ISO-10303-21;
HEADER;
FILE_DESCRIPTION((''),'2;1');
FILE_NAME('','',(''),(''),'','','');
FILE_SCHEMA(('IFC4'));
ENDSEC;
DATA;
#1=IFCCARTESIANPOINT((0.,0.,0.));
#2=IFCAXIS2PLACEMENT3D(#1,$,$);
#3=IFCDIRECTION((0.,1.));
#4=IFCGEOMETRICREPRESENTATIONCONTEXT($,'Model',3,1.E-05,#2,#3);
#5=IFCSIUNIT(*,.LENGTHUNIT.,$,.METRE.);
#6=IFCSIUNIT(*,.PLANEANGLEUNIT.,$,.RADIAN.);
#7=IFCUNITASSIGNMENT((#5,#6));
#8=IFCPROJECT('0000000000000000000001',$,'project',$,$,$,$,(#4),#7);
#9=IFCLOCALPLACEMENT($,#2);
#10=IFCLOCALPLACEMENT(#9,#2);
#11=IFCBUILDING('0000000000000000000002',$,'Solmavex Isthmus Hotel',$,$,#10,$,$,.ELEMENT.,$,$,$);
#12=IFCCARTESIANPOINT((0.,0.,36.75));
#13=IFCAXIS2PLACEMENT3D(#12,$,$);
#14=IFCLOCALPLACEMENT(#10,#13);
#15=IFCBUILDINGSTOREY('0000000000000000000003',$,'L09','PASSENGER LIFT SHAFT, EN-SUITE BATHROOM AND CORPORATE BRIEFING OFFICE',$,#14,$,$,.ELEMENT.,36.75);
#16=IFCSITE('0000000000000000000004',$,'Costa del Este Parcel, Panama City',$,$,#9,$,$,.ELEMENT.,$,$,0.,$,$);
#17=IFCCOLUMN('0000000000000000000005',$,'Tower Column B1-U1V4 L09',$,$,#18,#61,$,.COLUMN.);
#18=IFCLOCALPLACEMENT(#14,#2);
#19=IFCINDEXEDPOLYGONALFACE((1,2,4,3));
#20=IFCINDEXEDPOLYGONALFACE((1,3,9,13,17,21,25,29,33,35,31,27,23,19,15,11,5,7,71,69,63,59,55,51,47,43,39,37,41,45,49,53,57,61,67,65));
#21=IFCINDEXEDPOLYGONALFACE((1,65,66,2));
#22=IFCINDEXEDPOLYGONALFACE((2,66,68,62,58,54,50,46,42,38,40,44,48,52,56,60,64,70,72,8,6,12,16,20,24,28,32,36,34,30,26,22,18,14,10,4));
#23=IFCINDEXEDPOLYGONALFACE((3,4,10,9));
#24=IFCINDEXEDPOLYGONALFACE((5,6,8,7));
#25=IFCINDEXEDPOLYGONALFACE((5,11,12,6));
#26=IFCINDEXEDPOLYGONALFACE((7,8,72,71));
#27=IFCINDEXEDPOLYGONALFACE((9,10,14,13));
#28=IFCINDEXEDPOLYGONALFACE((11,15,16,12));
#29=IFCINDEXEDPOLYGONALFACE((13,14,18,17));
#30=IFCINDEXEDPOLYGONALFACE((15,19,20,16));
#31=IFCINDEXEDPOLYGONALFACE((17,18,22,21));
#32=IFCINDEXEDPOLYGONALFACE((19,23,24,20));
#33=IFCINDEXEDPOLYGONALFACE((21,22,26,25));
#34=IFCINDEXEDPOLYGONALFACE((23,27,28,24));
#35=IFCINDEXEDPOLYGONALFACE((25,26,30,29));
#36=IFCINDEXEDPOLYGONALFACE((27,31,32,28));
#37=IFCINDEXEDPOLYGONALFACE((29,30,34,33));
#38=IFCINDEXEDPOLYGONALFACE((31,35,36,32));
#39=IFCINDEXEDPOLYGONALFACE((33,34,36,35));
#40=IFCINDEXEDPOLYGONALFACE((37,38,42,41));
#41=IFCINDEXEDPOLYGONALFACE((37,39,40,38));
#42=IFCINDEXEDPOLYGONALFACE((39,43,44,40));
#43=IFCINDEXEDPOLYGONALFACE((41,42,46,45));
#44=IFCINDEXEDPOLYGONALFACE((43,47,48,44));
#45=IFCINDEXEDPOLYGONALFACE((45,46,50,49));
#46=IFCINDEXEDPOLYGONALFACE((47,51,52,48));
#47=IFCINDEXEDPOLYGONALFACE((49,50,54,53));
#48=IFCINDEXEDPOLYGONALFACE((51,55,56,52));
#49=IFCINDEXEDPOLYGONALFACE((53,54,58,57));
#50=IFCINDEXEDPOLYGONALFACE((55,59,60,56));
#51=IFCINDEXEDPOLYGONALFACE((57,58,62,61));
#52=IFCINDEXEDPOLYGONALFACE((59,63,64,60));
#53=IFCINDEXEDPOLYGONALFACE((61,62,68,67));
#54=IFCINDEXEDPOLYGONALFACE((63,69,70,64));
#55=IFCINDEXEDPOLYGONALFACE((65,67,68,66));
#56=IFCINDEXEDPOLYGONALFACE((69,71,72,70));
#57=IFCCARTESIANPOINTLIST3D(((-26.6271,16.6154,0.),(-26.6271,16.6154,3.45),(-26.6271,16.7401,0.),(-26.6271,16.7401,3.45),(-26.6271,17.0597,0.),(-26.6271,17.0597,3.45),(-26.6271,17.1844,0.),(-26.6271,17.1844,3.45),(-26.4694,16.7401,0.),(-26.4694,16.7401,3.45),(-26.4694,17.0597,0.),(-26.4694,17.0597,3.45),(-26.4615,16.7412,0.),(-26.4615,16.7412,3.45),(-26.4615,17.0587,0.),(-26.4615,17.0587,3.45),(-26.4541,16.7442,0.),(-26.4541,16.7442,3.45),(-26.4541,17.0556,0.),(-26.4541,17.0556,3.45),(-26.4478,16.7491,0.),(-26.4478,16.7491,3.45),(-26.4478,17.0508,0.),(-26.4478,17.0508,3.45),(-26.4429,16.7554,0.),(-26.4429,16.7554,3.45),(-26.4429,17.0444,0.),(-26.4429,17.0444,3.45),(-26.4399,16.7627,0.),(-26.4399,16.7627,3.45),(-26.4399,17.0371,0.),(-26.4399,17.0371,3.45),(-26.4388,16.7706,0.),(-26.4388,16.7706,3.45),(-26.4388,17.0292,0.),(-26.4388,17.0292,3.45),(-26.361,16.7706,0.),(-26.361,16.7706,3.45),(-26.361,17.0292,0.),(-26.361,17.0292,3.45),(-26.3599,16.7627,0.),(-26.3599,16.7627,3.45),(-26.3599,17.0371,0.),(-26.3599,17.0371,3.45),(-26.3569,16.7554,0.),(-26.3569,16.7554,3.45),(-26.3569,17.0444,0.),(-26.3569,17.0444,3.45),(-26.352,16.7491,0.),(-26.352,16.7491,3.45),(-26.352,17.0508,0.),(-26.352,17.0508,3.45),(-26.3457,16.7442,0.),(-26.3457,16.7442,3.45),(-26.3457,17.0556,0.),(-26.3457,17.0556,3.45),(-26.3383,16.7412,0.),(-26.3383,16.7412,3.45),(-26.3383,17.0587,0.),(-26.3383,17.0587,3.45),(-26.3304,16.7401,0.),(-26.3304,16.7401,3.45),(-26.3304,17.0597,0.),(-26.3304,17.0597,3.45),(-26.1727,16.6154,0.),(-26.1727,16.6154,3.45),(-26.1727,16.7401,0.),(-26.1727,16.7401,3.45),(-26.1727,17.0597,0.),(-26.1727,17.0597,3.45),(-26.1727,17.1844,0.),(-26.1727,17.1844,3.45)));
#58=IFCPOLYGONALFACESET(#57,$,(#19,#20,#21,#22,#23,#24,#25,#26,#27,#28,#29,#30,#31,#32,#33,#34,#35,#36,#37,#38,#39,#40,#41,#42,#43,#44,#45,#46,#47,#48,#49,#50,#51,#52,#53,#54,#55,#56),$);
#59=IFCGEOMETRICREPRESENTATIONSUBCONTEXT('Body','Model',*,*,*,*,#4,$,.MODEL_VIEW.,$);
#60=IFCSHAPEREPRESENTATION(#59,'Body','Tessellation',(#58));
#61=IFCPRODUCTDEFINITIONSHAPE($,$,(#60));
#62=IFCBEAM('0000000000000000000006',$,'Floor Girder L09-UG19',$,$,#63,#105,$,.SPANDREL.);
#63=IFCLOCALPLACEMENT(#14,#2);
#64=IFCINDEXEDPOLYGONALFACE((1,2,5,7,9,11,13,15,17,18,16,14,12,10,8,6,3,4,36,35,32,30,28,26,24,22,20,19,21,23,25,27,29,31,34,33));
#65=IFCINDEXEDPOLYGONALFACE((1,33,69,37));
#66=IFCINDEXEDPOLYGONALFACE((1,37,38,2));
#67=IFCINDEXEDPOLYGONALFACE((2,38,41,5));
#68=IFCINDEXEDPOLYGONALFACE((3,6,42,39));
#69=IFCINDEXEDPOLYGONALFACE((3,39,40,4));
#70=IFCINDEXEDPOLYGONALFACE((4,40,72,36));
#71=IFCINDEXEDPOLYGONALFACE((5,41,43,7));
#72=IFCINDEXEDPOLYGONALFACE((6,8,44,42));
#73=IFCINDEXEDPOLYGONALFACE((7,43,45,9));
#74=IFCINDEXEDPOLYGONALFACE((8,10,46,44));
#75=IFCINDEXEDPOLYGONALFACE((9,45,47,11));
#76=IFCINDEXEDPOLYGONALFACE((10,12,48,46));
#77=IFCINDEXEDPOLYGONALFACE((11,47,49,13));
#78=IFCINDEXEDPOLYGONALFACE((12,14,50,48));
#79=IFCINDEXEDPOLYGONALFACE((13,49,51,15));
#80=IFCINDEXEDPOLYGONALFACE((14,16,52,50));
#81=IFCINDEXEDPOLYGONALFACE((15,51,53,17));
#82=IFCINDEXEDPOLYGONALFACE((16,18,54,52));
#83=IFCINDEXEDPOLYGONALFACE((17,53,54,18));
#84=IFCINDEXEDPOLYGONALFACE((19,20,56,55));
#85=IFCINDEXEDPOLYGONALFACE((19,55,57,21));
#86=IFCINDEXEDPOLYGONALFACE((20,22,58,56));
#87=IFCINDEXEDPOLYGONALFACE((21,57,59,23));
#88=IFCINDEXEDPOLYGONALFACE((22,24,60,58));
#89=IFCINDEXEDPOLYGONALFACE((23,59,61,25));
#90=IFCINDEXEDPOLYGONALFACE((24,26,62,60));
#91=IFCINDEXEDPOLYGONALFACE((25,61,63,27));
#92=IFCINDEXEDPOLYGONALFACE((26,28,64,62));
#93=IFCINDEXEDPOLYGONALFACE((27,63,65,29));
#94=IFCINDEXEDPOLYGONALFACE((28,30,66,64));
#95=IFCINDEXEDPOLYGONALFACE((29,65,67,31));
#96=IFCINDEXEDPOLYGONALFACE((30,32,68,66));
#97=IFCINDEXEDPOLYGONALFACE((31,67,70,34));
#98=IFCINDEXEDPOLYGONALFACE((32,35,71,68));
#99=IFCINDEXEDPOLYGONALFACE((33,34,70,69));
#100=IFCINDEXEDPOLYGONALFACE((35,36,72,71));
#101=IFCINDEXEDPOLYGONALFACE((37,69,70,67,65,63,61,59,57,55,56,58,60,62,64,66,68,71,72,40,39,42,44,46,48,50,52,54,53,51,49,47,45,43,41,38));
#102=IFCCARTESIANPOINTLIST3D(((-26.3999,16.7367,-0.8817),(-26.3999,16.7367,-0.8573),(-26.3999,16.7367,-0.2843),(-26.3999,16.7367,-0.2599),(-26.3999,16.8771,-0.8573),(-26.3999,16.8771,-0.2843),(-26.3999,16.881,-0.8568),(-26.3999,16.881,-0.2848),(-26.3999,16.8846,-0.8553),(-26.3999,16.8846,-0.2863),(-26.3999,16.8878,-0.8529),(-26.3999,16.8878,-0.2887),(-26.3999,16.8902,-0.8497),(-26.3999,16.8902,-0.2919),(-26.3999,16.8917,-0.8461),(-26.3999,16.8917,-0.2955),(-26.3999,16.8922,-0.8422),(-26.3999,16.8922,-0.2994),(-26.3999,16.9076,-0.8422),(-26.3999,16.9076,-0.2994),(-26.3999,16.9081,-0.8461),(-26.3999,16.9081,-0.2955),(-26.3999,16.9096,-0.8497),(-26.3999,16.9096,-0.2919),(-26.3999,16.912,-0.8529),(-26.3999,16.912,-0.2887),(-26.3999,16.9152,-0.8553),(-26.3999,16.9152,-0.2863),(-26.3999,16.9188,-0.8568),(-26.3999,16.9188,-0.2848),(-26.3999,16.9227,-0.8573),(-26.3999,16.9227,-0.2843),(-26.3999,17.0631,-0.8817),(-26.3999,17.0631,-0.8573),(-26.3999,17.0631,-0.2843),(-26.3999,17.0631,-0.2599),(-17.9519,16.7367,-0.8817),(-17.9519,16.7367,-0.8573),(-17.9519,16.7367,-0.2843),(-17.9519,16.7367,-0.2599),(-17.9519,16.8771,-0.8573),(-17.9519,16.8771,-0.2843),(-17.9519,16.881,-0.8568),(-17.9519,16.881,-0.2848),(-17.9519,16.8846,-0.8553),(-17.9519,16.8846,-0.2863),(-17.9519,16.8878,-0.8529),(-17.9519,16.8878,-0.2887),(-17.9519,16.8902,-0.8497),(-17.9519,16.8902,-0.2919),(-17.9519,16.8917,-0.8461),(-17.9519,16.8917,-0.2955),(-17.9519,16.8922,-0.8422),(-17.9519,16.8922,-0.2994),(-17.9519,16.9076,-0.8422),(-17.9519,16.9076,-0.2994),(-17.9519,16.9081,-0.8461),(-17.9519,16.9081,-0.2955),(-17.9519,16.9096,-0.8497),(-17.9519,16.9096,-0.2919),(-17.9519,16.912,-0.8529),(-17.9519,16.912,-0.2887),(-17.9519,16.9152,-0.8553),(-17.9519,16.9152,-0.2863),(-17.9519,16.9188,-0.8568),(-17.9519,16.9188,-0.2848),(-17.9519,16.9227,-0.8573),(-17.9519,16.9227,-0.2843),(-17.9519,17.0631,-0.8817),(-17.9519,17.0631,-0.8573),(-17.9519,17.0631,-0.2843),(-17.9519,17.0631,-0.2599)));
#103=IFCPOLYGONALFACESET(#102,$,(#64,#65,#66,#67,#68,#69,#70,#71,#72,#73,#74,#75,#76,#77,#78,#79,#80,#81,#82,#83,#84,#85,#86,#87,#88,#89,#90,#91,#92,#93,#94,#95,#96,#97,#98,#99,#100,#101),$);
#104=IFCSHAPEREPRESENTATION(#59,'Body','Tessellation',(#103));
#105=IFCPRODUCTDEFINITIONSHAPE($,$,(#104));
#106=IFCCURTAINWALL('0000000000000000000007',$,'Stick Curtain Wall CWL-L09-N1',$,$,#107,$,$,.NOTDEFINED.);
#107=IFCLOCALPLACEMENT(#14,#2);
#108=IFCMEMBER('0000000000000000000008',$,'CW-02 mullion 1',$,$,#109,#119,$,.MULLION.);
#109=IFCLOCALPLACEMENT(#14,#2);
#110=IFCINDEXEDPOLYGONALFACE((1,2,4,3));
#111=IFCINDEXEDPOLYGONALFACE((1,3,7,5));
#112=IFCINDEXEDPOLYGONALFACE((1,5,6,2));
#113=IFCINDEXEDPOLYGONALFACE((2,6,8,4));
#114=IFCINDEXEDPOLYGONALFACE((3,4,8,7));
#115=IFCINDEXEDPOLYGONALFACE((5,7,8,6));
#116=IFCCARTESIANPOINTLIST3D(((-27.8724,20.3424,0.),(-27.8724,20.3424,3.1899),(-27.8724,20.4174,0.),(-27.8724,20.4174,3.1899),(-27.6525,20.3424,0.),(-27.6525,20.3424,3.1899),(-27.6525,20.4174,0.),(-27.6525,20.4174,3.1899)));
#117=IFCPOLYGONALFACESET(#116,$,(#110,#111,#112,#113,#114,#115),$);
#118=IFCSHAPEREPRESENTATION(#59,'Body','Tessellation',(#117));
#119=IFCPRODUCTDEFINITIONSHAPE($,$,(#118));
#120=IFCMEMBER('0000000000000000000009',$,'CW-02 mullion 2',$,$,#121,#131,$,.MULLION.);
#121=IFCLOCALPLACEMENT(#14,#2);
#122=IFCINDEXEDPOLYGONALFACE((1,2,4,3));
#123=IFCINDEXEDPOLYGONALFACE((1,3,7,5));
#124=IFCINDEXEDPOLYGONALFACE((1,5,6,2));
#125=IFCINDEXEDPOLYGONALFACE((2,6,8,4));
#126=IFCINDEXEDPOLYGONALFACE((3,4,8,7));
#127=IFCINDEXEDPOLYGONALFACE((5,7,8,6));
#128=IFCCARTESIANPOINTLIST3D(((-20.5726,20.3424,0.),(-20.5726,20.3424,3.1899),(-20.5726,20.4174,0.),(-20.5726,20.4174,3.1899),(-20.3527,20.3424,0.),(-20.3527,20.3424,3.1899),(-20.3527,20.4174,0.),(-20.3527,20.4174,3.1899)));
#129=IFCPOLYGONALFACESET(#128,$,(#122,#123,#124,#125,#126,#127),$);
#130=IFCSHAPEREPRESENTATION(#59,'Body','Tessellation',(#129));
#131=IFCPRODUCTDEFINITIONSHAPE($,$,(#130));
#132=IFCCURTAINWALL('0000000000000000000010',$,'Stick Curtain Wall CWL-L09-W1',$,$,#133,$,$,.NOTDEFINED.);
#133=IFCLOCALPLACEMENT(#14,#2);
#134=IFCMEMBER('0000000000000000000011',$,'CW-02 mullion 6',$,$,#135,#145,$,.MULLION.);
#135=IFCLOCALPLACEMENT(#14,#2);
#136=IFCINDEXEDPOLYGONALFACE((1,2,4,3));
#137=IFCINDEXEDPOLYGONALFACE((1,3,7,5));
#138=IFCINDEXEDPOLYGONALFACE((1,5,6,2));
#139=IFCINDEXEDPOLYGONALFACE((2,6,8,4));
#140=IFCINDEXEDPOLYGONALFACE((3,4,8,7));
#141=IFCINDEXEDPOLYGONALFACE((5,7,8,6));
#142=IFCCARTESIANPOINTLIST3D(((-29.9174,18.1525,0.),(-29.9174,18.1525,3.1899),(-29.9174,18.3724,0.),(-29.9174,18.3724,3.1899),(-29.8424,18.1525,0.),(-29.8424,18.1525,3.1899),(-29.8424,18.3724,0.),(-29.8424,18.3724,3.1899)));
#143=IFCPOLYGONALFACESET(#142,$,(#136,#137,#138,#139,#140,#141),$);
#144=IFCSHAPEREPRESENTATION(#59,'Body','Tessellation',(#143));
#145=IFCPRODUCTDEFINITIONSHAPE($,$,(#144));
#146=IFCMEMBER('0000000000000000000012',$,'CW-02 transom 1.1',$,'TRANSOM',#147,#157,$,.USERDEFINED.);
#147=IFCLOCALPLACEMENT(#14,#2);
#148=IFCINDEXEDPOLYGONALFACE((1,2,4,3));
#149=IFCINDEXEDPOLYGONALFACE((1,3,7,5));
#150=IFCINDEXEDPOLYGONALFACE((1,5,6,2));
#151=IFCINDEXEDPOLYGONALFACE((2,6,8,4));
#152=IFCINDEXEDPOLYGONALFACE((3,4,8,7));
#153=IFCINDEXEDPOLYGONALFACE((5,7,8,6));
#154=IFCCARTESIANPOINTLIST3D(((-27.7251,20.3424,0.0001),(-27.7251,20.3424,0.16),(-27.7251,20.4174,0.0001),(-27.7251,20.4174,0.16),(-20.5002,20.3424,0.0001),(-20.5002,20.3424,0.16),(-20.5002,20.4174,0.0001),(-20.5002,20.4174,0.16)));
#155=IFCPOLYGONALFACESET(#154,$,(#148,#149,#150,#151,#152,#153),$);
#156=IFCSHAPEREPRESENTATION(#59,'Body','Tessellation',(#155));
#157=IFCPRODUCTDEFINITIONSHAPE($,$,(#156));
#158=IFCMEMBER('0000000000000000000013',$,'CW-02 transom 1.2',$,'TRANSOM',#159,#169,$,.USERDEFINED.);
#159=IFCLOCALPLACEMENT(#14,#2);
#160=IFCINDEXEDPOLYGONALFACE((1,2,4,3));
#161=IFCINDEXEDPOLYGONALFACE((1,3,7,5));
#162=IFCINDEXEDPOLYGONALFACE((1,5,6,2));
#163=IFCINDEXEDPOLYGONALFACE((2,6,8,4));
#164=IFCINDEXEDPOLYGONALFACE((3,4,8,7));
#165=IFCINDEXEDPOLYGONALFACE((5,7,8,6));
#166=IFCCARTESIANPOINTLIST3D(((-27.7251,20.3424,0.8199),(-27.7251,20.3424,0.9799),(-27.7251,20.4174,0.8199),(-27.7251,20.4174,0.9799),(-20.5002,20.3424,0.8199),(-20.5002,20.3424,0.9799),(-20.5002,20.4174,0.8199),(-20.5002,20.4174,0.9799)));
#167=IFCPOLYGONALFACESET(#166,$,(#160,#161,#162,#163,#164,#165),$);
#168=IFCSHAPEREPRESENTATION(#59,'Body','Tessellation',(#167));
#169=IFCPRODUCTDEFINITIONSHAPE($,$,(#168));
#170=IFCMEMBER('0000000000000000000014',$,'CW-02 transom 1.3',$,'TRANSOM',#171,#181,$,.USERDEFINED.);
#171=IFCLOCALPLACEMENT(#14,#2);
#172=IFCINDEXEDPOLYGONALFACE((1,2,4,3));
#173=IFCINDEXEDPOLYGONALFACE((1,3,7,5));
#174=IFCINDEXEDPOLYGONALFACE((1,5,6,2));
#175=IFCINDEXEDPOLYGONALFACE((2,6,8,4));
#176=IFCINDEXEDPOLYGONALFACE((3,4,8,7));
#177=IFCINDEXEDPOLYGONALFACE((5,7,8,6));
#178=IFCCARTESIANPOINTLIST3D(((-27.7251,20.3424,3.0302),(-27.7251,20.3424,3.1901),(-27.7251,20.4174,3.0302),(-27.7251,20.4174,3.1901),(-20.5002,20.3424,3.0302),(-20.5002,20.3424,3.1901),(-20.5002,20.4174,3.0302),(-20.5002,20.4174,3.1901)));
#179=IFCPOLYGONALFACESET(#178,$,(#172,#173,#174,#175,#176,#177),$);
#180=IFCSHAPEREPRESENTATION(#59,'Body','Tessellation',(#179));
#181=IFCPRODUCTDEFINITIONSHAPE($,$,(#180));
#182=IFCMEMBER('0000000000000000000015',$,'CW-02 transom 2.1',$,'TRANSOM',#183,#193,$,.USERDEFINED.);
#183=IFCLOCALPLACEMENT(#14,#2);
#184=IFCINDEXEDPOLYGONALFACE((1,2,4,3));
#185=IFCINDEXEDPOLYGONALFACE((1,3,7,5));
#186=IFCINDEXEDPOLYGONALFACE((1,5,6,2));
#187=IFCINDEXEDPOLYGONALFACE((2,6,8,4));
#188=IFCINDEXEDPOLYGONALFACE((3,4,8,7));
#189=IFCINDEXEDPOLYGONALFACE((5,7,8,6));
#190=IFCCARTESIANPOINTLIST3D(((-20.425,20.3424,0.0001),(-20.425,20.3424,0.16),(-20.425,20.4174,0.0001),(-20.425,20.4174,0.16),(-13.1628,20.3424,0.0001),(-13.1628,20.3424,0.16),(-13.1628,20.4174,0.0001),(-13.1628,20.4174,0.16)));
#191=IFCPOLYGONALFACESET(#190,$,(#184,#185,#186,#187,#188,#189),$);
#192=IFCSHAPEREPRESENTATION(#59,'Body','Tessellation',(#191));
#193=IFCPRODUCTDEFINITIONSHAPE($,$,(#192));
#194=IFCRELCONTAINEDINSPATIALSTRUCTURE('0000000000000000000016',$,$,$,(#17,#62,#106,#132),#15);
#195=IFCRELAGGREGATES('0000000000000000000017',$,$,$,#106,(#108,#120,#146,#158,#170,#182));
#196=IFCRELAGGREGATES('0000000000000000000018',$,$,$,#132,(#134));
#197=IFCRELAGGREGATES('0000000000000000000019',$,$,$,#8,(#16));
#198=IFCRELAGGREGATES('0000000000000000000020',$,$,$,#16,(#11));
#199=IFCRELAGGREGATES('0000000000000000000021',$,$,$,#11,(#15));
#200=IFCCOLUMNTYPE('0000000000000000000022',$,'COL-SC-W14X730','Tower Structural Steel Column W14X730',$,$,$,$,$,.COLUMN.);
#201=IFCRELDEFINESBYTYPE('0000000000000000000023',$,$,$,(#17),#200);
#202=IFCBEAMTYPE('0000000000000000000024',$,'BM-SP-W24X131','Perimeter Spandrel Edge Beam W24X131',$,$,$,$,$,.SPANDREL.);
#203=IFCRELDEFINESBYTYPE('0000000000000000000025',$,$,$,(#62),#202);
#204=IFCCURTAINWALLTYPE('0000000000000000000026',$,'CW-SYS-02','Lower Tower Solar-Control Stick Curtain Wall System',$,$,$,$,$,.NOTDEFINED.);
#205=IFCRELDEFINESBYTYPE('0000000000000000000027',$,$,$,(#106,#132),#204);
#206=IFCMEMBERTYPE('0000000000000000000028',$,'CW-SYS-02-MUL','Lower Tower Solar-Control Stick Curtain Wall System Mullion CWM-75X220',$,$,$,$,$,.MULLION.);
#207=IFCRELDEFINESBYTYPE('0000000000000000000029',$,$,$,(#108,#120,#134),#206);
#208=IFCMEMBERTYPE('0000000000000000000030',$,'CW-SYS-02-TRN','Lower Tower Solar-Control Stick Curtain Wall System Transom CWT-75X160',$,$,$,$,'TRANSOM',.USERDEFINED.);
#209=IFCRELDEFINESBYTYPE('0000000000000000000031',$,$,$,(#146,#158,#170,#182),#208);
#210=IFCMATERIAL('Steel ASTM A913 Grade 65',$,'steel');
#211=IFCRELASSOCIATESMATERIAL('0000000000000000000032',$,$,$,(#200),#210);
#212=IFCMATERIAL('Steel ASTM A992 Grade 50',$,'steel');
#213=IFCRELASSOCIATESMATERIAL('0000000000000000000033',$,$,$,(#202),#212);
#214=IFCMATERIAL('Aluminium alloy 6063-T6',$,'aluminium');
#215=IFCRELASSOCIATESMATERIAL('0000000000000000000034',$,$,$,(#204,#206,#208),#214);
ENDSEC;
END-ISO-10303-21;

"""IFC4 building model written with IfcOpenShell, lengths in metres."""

from ifc_helpers import new_model, si_unit, direction, frame, origin, origin_2d, place, context, subcontext, project, spatial, rectangle, i_section, extrude, material, material_profile, profile_set, type_object, element, aggregate, save


model = new_model("IFC4")

# Units and contexts
model_context = context("Model", 3, precision=1e-05, world=origin(), true_north=direction((0.0, 1.0)))
body_context = subcontext(model_context, "Body", "Model", "MODEL_VIEW")
ifc_project = project(units=[si_unit("LENGTHUNIT", "METRE"), si_unit("PLANEANGLEUNIT", "RADIAN")], contexts=[model_context])

# Site, building, storey
site_placement = place(None, origin())
site = spatial("IfcSite", under=ifc_project, at=site_placement, Name="Costa del Este Parcel, Panama City", CompositionType="ELEMENT", RefElevation=0.0)
building_placement = place(site_placement, origin())
building = spatial("IfcBuilding", under=site, at=building_placement, Name="Solmavex Isthmus Hotel", CompositionType="ELEMENT")
storey_placement = place(building_placement, frame((0.0, 0.0, 36.75)))
storey = spatial("IfcBuildingStorey", under=building, at=storey_placement, Name="L09", Description="PASSENGER LIFT SHAFT, EN-SUITE BATHROOM AND CORPORATE BRIEFING OFFICE", CompositionType="ELEMENT", Elevation=36.75)

# Column
ifc_material_1 = material(Name="Steel ASTM A913 Grade 65", Category="steel")
ifc_material_profile_1 = material_profile(ifc_material_1, i_section(OverallWidth=0.4543, OverallDepth=0.5691, WebThickness=0.0779, FlangeThickness=0.1248, FilletRadius=0.0305, at=origin_2d()), Name="W14X730")
ifc_profile_set_1 = profile_set([ifc_material_profile_1], Name="Steel ASTM A913 Grade 65")
column_type = type_object("IfcColumnType", Name="COL-SC-W14X730", Description="Tower Structural Steel Column W14X730", PredefinedType="COLUMN", material=ifc_profile_set_1)
column_placement = place(storey_placement, frame((-26.3999, 16.8999, 0.0), z_axis=(0.0, 0.0, 1.0), x_axis=(1.0, 0.0, 0.0)))
element("IfcColumn", 1, at=column_placement, inside=storey, type_object=column_type, Name="Tower Column B1-U1V4 L09", PredefinedType="COLUMN", context=body_context, shape_type="SweptSolid", body=[
    extrude(i_section(OverallWidth=0.4543, OverallDepth=0.5691, WebThickness=0.0779, FlangeThickness=0.1248, FilletRadius=0.0305, at=origin_2d()), origin(), (0.0, 0.0, 1.0), 3.45),
])

# Beam
ifc_material_2 = material(Name="Steel ASTM A992 Grade 50", Category="steel")
ifc_material_profile_2 = material_profile(ifc_material_2, i_section(OverallWidth=0.3264, OverallDepth=0.6218, WebThickness=0.0154, FlangeThickness=0.0244, FilletRadius=0.0151, at=origin_2d()), Name="W24X131")
ifc_profile_set_2 = profile_set([ifc_material_profile_2], Name="Steel ASTM A992 Grade 50")
beam_type = type_object("IfcBeamType", Name="BM-SP-W24X131", Description="Perimeter Spandrel Edge Beam W24X131", PredefinedType="SPANDREL", material=ifc_profile_set_2)
beam_placement = place(storey_placement, frame((-26.3999, 16.8999, -0.5708), z_axis=(1.0, 0.0, 0.0), x_axis=(0.0, 1.0, 0.0)))
element("IfcBeam", 2, at=beam_placement, inside=storey, type_object=beam_type, Name="Floor Girder L09-UG19", PredefinedType="SPANDREL", context=body_context, shape_type="SweptSolid", body=[
    extrude(i_section(OverallWidth=0.3264, OverallDepth=0.6218, WebThickness=0.0154, FlangeThickness=0.0244, FilletRadius=0.0151, at=origin_2d()), origin(), (0.0, 0.0, 1.0), 8.448),
])

# Curtain wall, members
ifc_material_3 = material(Name="Aluminium alloy 6063-T6", Category="aluminium")
curtain_wall_type = type_object("IfcCurtainWallType", Name="CW-SYS-02", Description="Lower Tower Solar-Control Stick Curtain Wall System", PredefinedType="NOTDEFINED", material=ifc_material_3)
curtain_wall_1_placement = place(storey_placement, origin())
curtain_wall_1 = element("IfcCurtainWall", 3, at=curtain_wall_1_placement, inside=storey, type_object=curtain_wall_type, Name="Stick Curtain Wall CWL-L09-N1", PredefinedType="NOTDEFINED")
ifc_material_profile_3 = material_profile(ifc_material_3, rectangle(XDim=0.075, YDim=0.22, at=origin_2d()), Name="CWM-75X220")
ifc_profile_set_3 = profile_set([ifc_material_profile_3], Name="Aluminium alloy 6063-T6")
member_type_1 = type_object("IfcMemberType", Name="CW-SYS-02-MUL", Description="Lower Tower Solar-Control Stick Curtain Wall System Mullion CWM-75X220", PredefinedType="MULLION", material=ifc_profile_set_3)
member_1_placement = place(storey_placement, frame((-27.7625, 20.3799, 0.0), z_axis=(0.0, 0.0, 1.0), x_axis=(0.0, 1.0, 0.0)))
member_1 = element("IfcMember", 4, at=member_1_placement, type_object=member_type_1, Name="CW-02 mullion 1", PredefinedType="MULLION", context=body_context, shape_type="SweptSolid", body=[
    extrude(rectangle(XDim=0.075, YDim=0.22, at=origin_2d()), origin(), (0.0, 0.0, 1.0), 3.1899),
])
member_2_placement = place(storey_placement, frame((-20.4626, 20.3799, 0.0), z_axis=(0.0, 0.0, 1.0), x_axis=(0.0, 1.0, 0.0)))
member_2 = element("IfcMember", 5, at=member_2_placement, type_object=member_type_1, Name="CW-02 mullion 2", PredefinedType="MULLION", context=body_context, shape_type="SweptSolid", body=[
    extrude(rectangle(XDim=0.075, YDim=0.22, at=origin_2d()), origin(), (0.0, 0.0, 1.0), 3.1899),
])

# Curtain wall, member
curtain_wall_2_placement = place(storey_placement, origin())
curtain_wall_2 = element("IfcCurtainWall", 6, at=curtain_wall_2_placement, inside=storey, type_object=curtain_wall_type, Name="Stick Curtain Wall CWL-L09-W1", PredefinedType="NOTDEFINED")
member_3_placement = place(storey_placement, frame((-29.8799, 18.2625, 0.0), z_axis=(0.0, 0.0, 1.0), x_axis=(-1.0, 0.0, 0.0)))
member_3 = element("IfcMember", 7, at=member_3_placement, type_object=member_type_1, Name="CW-02 mullion 6", PredefinedType="MULLION", context=body_context, shape_type="SweptSolid", body=[
    extrude(rectangle(XDim=0.075, YDim=0.22, at=origin_2d()), origin(), (0.0, 0.0, 1.0), 3.1899),
])

# Members
ifc_material_profile_4 = material_profile(ifc_material_3, rectangle(XDim=0.075, YDim=0.1599, at=origin_2d()), Name="CWT-75X160")
ifc_profile_set_4 = profile_set([ifc_material_profile_4], Name="Aluminium alloy 6063-T6")
member_type_2 = type_object("IfcMemberType", Name="CW-SYS-02-TRN", Description="Lower Tower Solar-Control Stick Curtain Wall System Transom CWT-75X160", ElementType="TRANSOM", PredefinedType="USERDEFINED", material=ifc_profile_set_4)
member_4_placement = place(storey_placement, frame((-27.7251, 20.3799, 0.0801), z_axis=(1.0, 0.0, 0.0), x_axis=(0.0, 1.0, 0.0)))
member_4 = element("IfcMember", 8, at=member_4_placement, type_object=member_type_2, Name="CW-02 transom 1.1", ObjectType="TRANSOM", PredefinedType="USERDEFINED", context=body_context, shape_type="SweptSolid", body=[
    extrude(rectangle(XDim=0.075, YDim=0.1599, at=origin_2d()), origin(), (0.0, 0.0, 1.0), 7.2249),
])
member_5_placement = place(storey_placement, frame((-27.7251, 20.3799, 0.8999), z_axis=(1.0, 0.0, 0.0), x_axis=(0.0, 1.0, 0.0)))
member_5 = element("IfcMember", 9, at=member_5_placement, type_object=member_type_2, Name="CW-02 transom 1.2", ObjectType="TRANSOM", PredefinedType="USERDEFINED", context=body_context, shape_type="SweptSolid", body=[
    extrude(rectangle(XDim=0.075, YDim=0.1599, at=origin_2d()), origin(), (0.0, 0.0, 1.0), 7.2249),
])
member_6_placement = place(storey_placement, frame((-27.7251, 20.3799, 3.1101), z_axis=(1.0, 0.0, 0.0), x_axis=(0.0, 1.0, 0.0)))
member_6 = element("IfcMember", 10, at=member_6_placement, type_object=member_type_2, Name="CW-02 transom 1.3", ObjectType="TRANSOM", PredefinedType="USERDEFINED", context=body_context, shape_type="SweptSolid", body=[
    extrude(rectangle(XDim=0.075, YDim=0.1599, at=origin_2d()), origin(), (0.0, 0.0, 1.0), 7.2249),
])
member_7_placement = place(storey_placement, frame((-20.425, 20.3799, 0.0801), z_axis=(1.0, 0.0, 0.0), x_axis=(0.0, 1.0, 0.0)))
member_7 = element("IfcMember", 11, at=member_7_placement, type_object=member_type_2, Name="CW-02 transom 2.1", ObjectType="TRANSOM", PredefinedType="USERDEFINED", context=body_context, shape_type="SweptSolid", body=[
    extrude(rectangle(XDim=0.075, YDim=0.1599, at=origin_2d()), origin(), (0.0, 0.0, 1.0), 7.2622),
])

aggregate(curtain_wall_1, [member_1, member_2, member_4, member_5, member_6, member_7])
aggregate(curtain_wall_2, [member_3])

save(model, "model.ifc")
